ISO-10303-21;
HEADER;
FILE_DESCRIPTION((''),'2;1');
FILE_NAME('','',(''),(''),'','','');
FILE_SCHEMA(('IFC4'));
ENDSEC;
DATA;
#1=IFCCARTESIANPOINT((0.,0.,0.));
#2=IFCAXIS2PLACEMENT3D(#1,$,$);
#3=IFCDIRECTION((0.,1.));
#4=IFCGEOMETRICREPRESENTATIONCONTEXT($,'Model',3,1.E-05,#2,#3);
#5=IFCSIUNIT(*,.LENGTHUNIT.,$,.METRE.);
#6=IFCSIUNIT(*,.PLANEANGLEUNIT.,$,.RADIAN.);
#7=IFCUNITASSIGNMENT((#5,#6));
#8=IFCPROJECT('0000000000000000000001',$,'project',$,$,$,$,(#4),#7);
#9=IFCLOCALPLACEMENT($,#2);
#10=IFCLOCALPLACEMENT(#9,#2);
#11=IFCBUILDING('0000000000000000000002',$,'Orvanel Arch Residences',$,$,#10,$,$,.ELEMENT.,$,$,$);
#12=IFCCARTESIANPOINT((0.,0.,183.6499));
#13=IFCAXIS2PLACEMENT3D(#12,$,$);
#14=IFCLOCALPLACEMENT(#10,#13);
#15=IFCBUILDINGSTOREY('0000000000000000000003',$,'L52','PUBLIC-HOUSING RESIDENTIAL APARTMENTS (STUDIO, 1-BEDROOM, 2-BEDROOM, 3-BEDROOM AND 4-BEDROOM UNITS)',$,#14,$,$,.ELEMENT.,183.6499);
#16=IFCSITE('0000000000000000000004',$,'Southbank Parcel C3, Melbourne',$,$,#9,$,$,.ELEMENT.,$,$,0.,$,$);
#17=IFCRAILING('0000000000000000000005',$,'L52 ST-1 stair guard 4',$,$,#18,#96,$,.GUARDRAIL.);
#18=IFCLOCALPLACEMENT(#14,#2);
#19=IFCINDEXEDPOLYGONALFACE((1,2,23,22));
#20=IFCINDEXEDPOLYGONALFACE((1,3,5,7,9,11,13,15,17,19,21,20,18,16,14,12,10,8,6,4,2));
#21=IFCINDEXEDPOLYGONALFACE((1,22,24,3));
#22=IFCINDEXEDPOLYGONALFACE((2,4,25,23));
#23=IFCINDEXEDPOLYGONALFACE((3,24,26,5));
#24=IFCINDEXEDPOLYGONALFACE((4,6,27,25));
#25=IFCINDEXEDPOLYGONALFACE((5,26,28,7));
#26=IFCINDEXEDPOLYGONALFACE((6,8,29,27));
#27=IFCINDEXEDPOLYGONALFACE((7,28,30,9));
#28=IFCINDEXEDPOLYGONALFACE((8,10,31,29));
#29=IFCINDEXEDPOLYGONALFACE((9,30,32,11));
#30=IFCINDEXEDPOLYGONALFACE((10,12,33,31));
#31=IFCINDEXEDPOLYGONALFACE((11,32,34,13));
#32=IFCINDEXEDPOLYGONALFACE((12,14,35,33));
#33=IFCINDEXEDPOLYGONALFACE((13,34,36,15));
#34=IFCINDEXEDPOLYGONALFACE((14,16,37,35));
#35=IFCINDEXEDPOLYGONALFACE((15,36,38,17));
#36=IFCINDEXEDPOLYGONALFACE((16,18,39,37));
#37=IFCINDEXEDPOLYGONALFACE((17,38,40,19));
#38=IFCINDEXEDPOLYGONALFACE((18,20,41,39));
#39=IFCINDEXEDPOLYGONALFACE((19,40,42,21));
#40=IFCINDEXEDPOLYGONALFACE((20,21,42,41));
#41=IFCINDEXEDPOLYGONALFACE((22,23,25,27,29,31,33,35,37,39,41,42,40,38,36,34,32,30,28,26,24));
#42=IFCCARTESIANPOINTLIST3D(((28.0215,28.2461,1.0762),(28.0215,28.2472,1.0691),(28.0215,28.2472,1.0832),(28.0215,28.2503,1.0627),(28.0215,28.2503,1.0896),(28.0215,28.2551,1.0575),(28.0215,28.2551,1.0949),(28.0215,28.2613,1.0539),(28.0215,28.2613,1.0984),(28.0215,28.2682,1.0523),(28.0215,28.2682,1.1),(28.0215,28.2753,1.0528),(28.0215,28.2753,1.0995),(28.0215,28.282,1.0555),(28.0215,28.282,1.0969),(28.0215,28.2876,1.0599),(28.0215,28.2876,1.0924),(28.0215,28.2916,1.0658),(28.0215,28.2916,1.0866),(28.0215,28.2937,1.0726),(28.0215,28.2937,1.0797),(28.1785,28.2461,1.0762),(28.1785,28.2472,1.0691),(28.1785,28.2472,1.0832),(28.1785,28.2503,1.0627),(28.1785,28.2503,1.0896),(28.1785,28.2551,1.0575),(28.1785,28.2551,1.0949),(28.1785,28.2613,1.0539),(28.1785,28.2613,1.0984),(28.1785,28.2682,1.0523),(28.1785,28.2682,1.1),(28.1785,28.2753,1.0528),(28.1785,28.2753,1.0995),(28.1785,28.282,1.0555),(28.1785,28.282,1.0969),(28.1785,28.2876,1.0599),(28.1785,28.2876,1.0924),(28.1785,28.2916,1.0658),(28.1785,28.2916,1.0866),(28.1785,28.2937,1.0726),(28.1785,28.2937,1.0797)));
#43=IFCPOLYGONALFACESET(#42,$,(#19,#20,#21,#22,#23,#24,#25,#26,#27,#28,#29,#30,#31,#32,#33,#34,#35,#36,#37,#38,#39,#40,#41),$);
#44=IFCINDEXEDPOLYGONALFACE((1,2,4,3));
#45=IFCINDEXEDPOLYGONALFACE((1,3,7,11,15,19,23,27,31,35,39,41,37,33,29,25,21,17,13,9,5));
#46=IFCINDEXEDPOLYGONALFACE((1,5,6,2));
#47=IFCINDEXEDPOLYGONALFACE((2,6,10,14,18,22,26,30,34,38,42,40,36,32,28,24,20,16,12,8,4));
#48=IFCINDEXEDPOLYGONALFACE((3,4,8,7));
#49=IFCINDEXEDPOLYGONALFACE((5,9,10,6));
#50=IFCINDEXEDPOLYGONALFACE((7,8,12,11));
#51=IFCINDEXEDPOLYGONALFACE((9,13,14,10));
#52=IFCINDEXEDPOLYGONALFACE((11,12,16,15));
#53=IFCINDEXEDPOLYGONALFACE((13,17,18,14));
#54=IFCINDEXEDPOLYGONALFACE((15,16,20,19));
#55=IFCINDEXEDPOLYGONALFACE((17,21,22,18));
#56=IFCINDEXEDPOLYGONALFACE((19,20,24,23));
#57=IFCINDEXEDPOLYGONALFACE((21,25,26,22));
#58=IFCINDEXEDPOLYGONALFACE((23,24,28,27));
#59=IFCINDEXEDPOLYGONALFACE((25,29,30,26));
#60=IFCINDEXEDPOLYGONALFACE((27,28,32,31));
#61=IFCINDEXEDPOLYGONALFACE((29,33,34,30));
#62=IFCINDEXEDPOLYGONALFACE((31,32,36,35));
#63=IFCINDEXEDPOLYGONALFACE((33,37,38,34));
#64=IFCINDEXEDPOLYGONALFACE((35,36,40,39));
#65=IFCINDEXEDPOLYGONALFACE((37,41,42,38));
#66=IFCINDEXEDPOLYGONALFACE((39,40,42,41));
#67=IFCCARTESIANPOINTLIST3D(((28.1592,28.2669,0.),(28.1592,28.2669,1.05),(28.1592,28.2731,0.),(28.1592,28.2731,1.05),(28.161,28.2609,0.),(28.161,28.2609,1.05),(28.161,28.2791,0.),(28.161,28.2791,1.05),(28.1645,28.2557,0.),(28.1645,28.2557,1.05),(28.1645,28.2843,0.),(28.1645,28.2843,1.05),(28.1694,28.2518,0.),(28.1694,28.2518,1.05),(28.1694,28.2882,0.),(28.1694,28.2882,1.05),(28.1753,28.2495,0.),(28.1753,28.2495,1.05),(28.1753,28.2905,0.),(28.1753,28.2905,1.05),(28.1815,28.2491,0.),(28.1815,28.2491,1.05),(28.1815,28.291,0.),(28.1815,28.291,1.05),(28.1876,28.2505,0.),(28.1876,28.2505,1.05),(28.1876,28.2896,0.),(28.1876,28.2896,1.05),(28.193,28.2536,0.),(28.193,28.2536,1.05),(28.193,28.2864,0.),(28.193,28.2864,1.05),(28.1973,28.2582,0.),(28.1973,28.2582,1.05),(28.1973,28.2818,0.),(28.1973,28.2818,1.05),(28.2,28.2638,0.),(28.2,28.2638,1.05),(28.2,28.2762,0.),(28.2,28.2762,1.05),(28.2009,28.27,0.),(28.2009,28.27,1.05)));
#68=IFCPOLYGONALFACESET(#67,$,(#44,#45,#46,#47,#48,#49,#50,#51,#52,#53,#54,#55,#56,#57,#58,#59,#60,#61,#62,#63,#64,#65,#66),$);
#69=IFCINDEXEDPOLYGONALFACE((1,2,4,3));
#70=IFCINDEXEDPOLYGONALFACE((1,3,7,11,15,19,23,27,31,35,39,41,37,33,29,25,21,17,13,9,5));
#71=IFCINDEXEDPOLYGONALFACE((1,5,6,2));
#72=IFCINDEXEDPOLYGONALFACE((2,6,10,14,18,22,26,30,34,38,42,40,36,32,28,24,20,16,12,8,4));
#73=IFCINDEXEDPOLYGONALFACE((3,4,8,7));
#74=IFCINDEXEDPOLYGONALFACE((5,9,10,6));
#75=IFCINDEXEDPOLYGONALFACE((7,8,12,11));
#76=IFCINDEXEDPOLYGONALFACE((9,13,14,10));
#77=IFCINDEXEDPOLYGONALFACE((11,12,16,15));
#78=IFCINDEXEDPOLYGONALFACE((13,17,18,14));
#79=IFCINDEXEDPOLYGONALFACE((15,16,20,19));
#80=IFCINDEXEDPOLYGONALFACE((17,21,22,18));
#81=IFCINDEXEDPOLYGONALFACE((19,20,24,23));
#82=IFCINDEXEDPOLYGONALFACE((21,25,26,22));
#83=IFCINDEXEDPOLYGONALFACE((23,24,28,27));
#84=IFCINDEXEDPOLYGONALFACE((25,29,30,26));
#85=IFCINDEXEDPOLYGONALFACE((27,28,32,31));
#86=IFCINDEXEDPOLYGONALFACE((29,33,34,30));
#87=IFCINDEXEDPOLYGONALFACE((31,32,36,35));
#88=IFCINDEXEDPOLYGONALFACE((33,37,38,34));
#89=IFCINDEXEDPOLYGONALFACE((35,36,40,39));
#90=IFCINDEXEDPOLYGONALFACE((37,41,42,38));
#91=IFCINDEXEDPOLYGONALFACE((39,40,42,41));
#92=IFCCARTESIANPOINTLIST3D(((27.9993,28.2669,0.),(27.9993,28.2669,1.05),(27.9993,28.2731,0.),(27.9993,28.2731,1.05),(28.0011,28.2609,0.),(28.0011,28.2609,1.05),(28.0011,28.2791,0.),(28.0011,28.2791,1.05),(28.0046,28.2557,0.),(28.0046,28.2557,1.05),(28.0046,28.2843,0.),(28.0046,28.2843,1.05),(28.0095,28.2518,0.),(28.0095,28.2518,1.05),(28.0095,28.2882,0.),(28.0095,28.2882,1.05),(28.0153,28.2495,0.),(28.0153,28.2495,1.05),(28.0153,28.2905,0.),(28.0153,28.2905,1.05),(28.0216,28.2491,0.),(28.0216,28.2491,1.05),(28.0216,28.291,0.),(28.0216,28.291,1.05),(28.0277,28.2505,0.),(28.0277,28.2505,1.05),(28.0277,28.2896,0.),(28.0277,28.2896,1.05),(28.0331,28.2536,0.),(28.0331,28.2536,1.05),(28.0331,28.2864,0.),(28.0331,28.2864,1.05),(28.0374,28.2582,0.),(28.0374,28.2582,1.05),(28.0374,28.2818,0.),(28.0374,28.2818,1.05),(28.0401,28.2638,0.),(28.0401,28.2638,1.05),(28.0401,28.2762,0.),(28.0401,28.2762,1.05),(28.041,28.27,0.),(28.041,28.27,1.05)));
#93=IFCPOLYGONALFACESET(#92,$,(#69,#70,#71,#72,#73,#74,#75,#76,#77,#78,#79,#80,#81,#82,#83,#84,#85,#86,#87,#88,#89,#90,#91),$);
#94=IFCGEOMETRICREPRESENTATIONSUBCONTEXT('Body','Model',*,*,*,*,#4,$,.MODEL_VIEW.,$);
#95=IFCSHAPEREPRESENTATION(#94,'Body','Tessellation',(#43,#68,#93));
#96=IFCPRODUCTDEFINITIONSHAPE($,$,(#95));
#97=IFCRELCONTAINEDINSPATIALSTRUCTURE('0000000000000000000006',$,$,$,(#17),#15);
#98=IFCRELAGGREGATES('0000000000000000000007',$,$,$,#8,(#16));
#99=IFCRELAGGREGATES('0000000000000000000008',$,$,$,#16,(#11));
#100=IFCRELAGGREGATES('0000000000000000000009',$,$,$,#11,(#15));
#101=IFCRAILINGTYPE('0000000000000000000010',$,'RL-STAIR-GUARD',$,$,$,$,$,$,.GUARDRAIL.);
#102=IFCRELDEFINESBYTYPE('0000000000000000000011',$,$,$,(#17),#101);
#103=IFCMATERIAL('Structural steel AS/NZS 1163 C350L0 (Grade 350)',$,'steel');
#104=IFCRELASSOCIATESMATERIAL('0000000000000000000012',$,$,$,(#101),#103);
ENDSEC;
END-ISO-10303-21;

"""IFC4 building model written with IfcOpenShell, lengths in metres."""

from ifc_helpers import new_model, si_unit, direction, frame, origin, origin_2d, place, context, subcontext, project, spatial, circle, extrude, material, type_object, element, save


model = new_model("IFC4")

# Units and contexts
model_context = context("Model", 3, precision=1e-05, world=origin(), true_north=direction((0.0, 1.0)))
body_context = subcontext(model_context, "Body", "Model", "MODEL_VIEW")
ifc_project = project(units=[si_unit("LENGTHUNIT", "METRE"), si_unit("PLANEANGLEUNIT", "RADIAN")], contexts=[model_context])

# Site, building, storey
site_placement = place(None, origin())
site = spatial("IfcSite", under=ifc_project, at=site_placement, Name="Southbank Parcel C3, Melbourne", CompositionType="ELEMENT", RefElevation=0.0)
building_placement = place(site_placement, origin())
building = spatial("IfcBuilding", under=site, at=building_placement, Name="Orvanel Arch Residences", CompositionType="ELEMENT")
storey_placement = place(building_placement, frame((0.0, 0.0, 183.6499)))
storey = spatial("IfcBuildingStorey", under=building, at=storey_placement, Name="L52", Description="PUBLIC-HOUSING RESIDENTIAL APARTMENTS (STUDIO, 1-BEDROOM, 2-BEDROOM, 3-BEDROOM AND 4-BEDROOM UNITS)", CompositionType="ELEMENT", Elevation=183.6499)

# Railing
ifc_material_1 = material(Name="Structural steel AS/NZS 1163 C350L0 (Grade 350)", Category="steel")
railing_type_1 = type_object("IfcRailingType", Name="RL-STAIR-GUARD", PredefinedType="GUARDRAIL", material=ifc_material_1)
railing_1_placement = place(storey_placement, frame((28.1799, 28.27, 0.0)))
element("IfcRailing", 1, at=railing_1_placement, inside=storey, type_object=railing_type_1, Name="L52 ST-1 stair guard 4", PredefinedType="GUARDRAIL", context=body_context, shape_type="SweptSolid", body=[
    extrude(circle(Radius=0.0239, at=origin_2d()), frame((-0.0015, 0.0, 1.0762), z_axis=(-1.0, 0.0, 0.0), x_axis=(0.0, -1.0, 0.0)), (0.0, 0.0, 1.0), 0.157),
    extrude(circle(Radius=0.021, at=origin_2d()), origin(), (0.0, 0.0, 1.0), 1.05),
    extrude(circle(Radius=0.021, at=origin_2d()), frame((-0.1599, 0.0, 0.0)), (0.0, 0.0, 1.0), 1.05),
])

save(model, "model.ifc")
